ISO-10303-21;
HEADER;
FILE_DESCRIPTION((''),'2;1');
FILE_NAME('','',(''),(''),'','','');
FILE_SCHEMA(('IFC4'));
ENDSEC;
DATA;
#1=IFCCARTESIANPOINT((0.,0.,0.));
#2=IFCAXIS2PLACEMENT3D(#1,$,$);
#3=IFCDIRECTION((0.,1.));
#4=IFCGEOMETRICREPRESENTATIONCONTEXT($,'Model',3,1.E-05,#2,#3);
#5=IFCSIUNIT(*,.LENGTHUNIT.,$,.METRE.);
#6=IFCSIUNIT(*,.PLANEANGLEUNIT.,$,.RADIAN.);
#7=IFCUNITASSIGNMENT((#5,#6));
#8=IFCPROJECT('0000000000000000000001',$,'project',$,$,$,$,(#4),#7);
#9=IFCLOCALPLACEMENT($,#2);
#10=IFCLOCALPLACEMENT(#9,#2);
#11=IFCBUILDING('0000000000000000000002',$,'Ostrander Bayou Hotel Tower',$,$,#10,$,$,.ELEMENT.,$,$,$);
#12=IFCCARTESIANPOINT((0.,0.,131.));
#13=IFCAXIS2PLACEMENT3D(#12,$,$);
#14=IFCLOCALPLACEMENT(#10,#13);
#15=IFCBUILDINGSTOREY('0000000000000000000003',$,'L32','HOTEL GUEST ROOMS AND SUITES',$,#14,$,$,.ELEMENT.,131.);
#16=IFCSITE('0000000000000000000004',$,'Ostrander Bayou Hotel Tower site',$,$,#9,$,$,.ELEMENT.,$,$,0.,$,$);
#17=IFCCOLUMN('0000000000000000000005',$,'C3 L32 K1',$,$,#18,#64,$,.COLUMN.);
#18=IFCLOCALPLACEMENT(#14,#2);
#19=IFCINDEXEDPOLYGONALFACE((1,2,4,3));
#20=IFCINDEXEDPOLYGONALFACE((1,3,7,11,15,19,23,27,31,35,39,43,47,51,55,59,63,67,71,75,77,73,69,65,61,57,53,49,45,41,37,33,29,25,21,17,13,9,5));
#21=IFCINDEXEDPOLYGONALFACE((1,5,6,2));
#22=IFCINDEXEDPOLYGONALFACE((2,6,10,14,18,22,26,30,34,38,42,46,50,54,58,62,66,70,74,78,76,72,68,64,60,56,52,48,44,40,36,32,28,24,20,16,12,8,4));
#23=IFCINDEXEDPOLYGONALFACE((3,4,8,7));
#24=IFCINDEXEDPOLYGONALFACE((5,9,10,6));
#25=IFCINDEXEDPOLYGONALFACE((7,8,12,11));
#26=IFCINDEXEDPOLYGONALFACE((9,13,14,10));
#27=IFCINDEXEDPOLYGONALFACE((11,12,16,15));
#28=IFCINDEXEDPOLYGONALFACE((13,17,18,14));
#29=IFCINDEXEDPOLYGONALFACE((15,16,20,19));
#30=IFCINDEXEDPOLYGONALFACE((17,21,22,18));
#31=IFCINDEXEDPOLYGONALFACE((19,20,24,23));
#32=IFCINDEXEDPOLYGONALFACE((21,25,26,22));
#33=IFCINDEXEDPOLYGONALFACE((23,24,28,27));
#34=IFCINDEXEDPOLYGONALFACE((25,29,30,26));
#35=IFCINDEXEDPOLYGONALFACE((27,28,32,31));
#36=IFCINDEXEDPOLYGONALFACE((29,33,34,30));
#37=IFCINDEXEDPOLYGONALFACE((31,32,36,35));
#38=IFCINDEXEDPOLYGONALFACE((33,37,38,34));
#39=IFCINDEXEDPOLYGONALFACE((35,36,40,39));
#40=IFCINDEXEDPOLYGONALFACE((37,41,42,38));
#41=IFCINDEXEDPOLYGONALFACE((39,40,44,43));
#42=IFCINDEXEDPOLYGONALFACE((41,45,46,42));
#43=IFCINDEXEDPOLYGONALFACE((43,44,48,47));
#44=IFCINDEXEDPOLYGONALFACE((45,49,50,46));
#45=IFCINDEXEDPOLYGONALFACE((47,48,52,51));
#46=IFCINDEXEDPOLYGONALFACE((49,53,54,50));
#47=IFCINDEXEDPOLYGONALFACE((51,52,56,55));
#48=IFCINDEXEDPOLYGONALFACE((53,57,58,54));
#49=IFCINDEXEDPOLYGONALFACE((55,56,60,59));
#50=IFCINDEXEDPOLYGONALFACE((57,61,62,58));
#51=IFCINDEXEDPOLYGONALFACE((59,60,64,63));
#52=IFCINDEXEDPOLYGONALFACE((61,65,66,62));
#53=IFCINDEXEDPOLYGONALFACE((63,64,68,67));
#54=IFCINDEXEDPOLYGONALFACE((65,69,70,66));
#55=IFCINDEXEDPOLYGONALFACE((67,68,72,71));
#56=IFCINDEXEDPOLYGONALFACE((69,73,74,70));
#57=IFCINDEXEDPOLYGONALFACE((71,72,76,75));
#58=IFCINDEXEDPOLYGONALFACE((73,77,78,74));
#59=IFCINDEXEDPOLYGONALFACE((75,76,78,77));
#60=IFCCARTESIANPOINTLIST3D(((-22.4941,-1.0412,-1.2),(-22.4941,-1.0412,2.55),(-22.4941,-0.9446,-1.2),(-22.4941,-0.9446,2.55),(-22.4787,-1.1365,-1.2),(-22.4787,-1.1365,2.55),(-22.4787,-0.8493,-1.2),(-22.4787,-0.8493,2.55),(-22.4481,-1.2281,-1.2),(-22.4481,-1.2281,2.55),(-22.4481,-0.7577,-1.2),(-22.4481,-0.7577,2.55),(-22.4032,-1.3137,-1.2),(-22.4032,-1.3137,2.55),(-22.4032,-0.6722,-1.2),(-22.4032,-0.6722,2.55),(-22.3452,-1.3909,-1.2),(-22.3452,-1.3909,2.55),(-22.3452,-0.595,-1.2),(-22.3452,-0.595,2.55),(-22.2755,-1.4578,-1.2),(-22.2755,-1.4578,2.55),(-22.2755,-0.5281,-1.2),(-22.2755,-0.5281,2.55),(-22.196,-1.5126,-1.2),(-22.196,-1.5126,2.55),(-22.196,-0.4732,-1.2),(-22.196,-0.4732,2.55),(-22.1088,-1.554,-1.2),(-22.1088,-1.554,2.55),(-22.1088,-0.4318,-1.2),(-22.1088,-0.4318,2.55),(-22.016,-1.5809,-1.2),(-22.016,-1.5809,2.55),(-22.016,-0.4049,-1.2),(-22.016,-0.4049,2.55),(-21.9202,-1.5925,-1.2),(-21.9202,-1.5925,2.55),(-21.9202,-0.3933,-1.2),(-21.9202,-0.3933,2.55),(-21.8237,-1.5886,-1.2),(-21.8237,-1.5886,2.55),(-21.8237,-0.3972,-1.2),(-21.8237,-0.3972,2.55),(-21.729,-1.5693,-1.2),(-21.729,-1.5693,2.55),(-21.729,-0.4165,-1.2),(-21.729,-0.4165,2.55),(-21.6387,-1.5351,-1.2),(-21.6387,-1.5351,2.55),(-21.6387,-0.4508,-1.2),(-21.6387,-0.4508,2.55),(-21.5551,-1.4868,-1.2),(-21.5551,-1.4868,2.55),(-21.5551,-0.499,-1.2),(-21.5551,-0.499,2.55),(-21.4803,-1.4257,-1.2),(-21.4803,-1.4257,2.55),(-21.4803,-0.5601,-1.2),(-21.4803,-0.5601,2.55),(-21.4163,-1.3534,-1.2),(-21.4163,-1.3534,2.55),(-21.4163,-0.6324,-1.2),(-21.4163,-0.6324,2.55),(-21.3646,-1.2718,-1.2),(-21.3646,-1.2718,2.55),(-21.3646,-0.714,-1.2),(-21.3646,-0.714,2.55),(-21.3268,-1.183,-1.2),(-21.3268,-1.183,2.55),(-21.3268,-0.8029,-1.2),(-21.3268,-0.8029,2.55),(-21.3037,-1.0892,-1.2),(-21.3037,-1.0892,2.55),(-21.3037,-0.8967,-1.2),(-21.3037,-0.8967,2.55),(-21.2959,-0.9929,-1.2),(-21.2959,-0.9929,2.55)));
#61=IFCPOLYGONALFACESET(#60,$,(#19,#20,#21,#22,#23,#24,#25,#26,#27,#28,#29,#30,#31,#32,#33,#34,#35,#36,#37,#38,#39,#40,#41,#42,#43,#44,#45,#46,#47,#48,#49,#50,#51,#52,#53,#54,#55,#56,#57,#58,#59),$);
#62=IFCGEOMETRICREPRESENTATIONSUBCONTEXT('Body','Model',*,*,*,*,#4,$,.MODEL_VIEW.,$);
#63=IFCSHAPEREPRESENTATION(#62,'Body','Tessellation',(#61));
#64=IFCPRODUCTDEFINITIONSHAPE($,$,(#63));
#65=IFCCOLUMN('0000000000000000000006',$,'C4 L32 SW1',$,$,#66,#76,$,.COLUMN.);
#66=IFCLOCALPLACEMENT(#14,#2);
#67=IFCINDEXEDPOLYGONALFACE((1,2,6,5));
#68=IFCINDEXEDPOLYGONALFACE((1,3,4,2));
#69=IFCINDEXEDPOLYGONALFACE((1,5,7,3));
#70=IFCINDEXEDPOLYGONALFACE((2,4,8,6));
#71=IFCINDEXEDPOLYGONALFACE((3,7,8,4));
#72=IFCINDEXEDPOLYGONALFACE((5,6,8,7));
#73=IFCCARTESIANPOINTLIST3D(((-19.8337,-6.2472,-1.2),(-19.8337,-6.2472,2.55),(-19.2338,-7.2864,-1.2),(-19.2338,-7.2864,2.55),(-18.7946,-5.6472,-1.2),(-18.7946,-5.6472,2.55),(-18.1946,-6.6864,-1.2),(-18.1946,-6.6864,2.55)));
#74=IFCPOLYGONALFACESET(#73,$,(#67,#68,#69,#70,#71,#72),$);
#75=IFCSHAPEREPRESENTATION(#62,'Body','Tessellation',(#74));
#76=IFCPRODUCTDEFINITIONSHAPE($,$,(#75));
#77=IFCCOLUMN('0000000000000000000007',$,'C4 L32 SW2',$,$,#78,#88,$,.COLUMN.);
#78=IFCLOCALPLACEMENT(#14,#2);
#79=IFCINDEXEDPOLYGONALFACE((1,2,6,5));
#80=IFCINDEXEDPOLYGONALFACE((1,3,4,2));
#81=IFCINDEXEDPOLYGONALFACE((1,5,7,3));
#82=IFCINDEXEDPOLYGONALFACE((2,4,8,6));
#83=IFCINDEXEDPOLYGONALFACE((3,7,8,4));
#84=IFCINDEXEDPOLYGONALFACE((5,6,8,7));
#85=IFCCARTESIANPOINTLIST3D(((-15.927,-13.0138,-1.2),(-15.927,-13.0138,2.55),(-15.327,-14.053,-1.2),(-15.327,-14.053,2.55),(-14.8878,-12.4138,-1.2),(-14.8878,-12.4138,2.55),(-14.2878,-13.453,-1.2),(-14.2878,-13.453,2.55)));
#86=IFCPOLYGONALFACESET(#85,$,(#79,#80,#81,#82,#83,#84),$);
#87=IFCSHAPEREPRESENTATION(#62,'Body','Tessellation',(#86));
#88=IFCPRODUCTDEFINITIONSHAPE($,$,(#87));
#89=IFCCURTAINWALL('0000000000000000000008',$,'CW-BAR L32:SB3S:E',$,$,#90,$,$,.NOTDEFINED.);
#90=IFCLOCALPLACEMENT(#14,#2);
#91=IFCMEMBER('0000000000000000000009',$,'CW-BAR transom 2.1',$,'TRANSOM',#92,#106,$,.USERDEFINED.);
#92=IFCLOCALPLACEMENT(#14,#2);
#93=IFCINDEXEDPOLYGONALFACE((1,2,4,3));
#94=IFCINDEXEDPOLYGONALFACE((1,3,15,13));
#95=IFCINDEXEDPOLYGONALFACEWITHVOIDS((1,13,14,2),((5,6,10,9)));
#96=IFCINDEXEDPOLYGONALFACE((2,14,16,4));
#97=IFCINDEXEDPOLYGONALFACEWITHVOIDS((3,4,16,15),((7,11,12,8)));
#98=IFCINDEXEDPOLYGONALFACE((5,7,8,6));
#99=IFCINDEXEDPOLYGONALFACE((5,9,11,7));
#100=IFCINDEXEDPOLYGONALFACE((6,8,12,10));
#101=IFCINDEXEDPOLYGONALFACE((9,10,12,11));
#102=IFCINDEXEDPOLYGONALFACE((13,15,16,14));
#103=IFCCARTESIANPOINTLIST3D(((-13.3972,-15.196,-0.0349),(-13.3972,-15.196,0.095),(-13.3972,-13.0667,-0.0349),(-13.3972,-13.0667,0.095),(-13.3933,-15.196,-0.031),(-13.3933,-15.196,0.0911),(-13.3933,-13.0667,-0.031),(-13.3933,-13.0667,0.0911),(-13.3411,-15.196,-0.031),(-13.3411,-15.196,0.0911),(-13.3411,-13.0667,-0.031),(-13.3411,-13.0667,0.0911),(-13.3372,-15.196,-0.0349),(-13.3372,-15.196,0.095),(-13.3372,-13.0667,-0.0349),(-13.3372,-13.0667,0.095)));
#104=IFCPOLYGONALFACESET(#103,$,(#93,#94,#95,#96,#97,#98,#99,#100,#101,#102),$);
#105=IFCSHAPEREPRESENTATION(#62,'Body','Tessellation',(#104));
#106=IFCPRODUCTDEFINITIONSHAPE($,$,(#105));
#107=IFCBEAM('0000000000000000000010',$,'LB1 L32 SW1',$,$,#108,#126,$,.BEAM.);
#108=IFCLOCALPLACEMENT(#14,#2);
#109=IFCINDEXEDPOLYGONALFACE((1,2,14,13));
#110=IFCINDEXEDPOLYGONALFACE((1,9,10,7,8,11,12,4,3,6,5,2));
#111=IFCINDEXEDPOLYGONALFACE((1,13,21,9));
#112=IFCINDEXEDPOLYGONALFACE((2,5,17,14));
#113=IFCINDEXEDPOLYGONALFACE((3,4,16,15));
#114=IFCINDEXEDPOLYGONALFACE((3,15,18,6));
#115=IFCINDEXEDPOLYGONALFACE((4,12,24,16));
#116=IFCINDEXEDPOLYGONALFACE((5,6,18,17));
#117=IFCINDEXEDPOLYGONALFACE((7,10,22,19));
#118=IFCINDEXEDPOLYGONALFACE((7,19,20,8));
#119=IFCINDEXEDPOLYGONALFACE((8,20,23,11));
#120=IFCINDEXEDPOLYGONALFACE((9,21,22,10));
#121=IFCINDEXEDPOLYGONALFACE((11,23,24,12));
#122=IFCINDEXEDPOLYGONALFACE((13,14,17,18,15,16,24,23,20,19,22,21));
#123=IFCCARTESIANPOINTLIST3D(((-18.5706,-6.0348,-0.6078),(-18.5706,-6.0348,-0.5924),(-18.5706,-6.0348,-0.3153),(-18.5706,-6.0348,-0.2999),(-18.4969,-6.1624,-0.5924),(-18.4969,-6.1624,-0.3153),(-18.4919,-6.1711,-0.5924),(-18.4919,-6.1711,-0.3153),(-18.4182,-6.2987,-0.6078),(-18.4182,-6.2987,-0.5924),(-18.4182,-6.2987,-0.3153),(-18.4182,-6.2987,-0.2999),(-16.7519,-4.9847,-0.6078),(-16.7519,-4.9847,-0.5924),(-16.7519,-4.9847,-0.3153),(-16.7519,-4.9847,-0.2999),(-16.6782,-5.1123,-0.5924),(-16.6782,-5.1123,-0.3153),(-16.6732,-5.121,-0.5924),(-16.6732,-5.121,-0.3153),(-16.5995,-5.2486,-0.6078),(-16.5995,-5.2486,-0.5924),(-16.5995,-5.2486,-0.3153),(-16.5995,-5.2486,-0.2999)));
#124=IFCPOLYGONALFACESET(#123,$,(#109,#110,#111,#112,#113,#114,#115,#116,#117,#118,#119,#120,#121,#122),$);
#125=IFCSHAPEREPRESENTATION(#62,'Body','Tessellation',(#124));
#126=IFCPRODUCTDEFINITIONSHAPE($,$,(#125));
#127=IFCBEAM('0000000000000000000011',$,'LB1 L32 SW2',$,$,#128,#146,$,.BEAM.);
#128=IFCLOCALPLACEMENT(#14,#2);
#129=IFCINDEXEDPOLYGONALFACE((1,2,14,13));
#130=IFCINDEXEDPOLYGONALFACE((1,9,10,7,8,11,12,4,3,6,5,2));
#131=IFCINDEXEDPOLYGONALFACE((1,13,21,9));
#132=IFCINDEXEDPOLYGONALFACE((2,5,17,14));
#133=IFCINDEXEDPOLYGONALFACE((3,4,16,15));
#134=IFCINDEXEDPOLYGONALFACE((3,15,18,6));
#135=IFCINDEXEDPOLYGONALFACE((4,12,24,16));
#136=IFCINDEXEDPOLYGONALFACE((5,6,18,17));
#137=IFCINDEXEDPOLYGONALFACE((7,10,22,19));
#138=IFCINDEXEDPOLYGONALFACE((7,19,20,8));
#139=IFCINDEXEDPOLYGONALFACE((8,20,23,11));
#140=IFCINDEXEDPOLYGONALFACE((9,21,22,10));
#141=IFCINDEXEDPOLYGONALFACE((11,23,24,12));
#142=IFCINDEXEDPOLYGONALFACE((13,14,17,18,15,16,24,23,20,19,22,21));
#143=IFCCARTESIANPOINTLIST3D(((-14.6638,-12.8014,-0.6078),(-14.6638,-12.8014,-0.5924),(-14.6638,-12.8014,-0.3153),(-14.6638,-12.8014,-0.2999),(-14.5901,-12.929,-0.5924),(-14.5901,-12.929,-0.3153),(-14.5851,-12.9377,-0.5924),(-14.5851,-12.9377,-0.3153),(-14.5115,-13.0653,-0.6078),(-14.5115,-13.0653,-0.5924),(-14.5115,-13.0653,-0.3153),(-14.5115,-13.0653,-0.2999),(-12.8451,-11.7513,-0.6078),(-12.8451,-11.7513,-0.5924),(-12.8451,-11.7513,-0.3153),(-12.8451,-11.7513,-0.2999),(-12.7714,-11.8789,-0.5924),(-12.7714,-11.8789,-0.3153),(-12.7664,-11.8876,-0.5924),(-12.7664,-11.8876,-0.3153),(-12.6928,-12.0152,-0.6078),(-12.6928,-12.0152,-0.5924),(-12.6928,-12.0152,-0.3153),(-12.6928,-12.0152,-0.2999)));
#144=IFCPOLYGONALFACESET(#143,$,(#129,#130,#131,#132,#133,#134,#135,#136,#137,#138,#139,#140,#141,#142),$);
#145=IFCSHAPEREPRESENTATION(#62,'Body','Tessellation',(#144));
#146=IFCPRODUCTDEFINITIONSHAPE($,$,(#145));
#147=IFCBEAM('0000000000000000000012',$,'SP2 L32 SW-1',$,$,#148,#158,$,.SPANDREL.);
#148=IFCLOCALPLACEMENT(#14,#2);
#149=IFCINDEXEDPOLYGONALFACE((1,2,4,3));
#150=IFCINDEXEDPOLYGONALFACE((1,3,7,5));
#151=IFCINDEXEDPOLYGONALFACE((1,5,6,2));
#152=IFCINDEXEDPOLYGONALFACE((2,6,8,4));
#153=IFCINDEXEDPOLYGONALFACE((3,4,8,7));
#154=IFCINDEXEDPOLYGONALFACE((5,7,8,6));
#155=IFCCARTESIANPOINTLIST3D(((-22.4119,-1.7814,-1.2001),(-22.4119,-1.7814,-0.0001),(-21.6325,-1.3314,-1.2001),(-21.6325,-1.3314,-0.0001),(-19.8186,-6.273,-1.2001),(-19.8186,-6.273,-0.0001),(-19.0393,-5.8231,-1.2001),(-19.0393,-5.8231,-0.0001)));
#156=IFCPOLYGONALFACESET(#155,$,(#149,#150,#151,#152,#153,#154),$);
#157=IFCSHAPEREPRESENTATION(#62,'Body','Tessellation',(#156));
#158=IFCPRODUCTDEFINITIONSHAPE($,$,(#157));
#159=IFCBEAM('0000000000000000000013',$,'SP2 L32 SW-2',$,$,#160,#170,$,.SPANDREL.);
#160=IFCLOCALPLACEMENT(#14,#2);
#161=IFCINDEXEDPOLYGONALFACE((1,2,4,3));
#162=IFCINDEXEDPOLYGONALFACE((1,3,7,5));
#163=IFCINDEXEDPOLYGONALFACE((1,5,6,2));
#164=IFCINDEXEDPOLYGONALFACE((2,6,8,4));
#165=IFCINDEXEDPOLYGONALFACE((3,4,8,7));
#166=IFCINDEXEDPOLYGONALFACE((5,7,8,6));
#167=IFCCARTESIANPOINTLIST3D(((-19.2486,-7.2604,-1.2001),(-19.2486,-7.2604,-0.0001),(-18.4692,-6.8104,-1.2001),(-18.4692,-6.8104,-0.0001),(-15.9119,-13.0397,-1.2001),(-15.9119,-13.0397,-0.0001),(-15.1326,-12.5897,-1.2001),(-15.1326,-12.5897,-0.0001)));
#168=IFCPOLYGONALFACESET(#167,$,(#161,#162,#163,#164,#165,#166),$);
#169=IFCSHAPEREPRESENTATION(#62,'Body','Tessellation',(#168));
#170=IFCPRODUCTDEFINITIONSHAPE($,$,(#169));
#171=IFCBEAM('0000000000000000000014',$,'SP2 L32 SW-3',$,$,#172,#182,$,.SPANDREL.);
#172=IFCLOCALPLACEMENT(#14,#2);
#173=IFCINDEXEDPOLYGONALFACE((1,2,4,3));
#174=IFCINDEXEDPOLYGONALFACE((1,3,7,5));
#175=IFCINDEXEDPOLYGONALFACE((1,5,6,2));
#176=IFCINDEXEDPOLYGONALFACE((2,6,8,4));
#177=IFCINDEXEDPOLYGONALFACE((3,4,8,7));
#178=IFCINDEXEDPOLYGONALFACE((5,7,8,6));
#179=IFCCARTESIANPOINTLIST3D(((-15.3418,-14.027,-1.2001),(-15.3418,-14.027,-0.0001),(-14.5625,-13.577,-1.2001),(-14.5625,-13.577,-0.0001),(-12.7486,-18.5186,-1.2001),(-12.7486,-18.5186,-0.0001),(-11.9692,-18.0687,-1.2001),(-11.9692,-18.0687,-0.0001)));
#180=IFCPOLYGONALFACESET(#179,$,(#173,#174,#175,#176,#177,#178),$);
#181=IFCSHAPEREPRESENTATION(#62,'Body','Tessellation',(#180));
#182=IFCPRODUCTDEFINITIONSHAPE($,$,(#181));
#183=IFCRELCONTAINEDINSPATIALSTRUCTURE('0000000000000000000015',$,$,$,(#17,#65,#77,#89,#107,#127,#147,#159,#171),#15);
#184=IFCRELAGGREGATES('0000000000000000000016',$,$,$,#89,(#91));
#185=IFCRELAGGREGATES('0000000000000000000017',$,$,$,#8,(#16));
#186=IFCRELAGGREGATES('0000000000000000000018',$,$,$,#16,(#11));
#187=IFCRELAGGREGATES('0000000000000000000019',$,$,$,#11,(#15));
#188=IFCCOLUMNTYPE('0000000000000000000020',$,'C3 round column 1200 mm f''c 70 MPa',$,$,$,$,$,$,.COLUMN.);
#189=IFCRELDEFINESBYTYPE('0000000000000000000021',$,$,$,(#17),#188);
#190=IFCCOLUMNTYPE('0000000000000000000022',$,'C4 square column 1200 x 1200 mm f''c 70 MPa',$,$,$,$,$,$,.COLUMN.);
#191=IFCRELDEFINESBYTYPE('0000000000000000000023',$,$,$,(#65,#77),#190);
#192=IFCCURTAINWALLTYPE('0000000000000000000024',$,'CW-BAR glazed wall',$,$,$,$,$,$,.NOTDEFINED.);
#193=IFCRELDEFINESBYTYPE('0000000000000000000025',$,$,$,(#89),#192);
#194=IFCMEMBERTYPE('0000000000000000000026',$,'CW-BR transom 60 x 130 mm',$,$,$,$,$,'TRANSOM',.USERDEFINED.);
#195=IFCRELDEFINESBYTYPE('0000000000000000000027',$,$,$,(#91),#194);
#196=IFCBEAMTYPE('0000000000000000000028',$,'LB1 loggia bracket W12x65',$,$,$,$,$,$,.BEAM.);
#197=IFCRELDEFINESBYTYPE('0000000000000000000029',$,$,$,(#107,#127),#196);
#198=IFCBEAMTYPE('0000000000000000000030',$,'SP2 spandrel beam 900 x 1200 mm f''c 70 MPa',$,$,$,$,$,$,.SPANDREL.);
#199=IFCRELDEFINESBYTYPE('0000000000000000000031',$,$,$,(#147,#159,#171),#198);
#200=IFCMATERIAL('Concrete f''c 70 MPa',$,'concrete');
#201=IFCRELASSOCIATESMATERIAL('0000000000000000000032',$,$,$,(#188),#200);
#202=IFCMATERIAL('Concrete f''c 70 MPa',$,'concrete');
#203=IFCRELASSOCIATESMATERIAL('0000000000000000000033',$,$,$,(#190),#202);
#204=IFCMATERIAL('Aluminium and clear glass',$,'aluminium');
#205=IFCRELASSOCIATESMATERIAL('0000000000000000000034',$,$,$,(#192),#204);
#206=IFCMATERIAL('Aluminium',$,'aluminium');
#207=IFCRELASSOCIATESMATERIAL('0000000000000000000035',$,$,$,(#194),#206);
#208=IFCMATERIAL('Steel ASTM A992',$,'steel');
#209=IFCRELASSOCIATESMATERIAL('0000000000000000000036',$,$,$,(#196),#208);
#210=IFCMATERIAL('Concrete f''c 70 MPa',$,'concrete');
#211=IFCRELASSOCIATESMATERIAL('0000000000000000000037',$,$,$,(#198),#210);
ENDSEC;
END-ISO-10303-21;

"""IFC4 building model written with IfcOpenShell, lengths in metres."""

from ifc_helpers import new_model, si_unit, direction, frame, origin, origin_2d, place, context, subcontext, project, spatial, rectangle, hollow_rectangle, circle, i_section, extrude, material, material_profile, profile_set, type_object, element, aggregate, save


model = new_model("IFC4")

# Units and contexts
model_context = context("Model", 3, precision=1e-05, world=origin(), true_north=direction((0.0, 1.0)))
body_context = subcontext(model_context, "Body", "Model", "MODEL_VIEW")
ifc_project = project(units=[si_unit("LENGTHUNIT", "METRE"), si_unit("PLANEANGLEUNIT", "RADIAN")], contexts=[model_context])

# Site, building, storey
site_placement = place(None, origin())
site = spatial("IfcSite", under=ifc_project, at=site_placement, Name="Ostrander Bayou Hotel Tower site", CompositionType="ELEMENT", RefElevation=0.0)
building_placement = place(site_placement, origin())
building = spatial("IfcBuilding", under=site, at=building_placement, Name="Ostrander Bayou Hotel Tower", CompositionType="ELEMENT")
storey_placement = place(building_placement, frame((0.0, 0.0, 131.0)))
storey = spatial("IfcBuildingStorey", under=building, at=storey_placement, Name="L32", Description="HOTEL GUEST ROOMS AND SUITES", CompositionType="ELEMENT", Elevation=131.0)

# Columns
ifc_material_1 = material(Name="Concrete f'c 70 MPa", Category="concrete")
ifc_material_profile_1 = material_profile(ifc_material_1, circle(Radius=0.6001, at=origin_2d()))
ifc_profile_set_1 = profile_set([ifc_material_profile_1], Name="Concrete f'c 70 MPa")
column_type_1 = type_object("IfcColumnType", Name="C3 round column 1200 mm f'c 70 MPa", PredefinedType="COLUMN", material=ifc_profile_set_1)
column_placement = place(storey_placement, frame((-21.896, -0.9929, -1.2), z_axis=(0.0, 0.0, 1.0), x_axis=(1.0, 0.0, 0.0)))
element("IfcColumn", 1, at=column_placement, inside=storey, type_object=column_type_1, Name="C3 L32 K1", PredefinedType="COLUMN", context=body_context, shape_type="SweptSolid", body=[
    extrude(circle(Radius=0.6001, at=origin_2d()), origin(), (0.0, 0.0, 1.0), 3.75),
])
ifc_material_2 = material(Name="Concrete f'c 70 MPa", Category="concrete")
ifc_material_profile_2 = material_profile(ifc_material_2, rectangle(XDim=1.2, YDim=1.2, at=origin_2d()))
ifc_profile_set_2 = profile_set([ifc_material_profile_2], Name="Concrete f'c 70 MPa")
column_type_2 = type_object("IfcColumnType", Name="C4 square column 1200 x 1200 mm f'c 70 MPa", PredefinedType="COLUMN", material=ifc_profile_set_2)
for number, where, z_axis, x_axis, name in (
    (2, (-19.0142, -6.4668, -1.2), (0.0, 0.0, 1.0), (-0.5, 0.866025, 0.0), "C4 L32 SW1"),
    (3, (-15.1074, -13.2334, -1.2), (0.0, 0.0, 1.0), (-0.5, 0.866025, 0.0), "C4 L32 SW2"),
):
    element("IfcColumn", number, at=place(storey_placement, frame(where, z_axis=z_axis, x_axis=x_axis)), inside=storey, type_object=column_type_2, Name=name, PredefinedType="COLUMN", context=body_context, shape_type="SweptSolid", body=[
        extrude(rectangle(XDim=1.2, YDim=1.2, at=origin_2d()), origin(), (0.0, 0.0, 1.0), 3.75),
    ])

# Curtain wall, member
ifc_material_3 = material(Name="Aluminium and clear glass", Category="aluminium")
curtain_wall_type = type_object("IfcCurtainWallType", Name="CW-BAR glazed wall", PredefinedType="NOTDEFINED", material=ifc_material_3)
curtain_wall_placement = place(storey_placement, origin())
curtain_wall = element("IfcCurtainWall", 4, at=curtain_wall_placement, inside=storey, type_object=curtain_wall_type, Name="CW-BAR L32:SB3S:E", PredefinedType="NOTDEFINED")
ifc_material_4 = material(Name="Aluminium", Category="aluminium")
ifc_material_profile_3 = material_profile(ifc_material_4, hollow_rectangle(XDim=0.0601, YDim=0.1299, WallThickness=0.0039, at=origin_2d()))
ifc_profile_set_3 = profile_set([ifc_material_profile_3], Name="Aluminium")
member_type = type_object("IfcMemberType", Name="CW-BR transom 60 x 130 mm", ElementType="TRANSOM", PredefinedType="USERDEFINED", material=ifc_profile_set_3)
member_placement = place(storey_placement, frame((-13.3672, -13.0667, 0.03), z_axis=(0.0, -1.0, 0.0), x_axis=(1.0, 0.0, 0.0)))
member = element("IfcMember", 5, at=member_placement, type_object=member_type, Name="CW-BAR transom 2.1", ObjectType="TRANSOM", PredefinedType="USERDEFINED", context=body_context, shape_type="SweptSolid", body=[
    extrude(hollow_rectangle(XDim=0.0601, YDim=0.1299, WallThickness=0.0039, at=origin_2d()), origin(), (0.0, 0.0, 1.0), 2.1294),
])

# Beams
ifc_material_5 = material(Name="Steel ASTM A992", Category="steel")
ifc_material_profile_4 = material_profile(ifc_material_5, i_section(OverallWidth=0.3047, OverallDepth=0.3079, WebThickness=0.01, FlangeThickness=0.0154, at=origin_2d()))
ifc_profile_set_4 = profile_set([ifc_material_profile_4], Name="Steel ASTM A992")
beam_type_1 = type_object("IfcBeamType", Name="LB1 loggia bracket W12x65", PredefinedType="BEAM", material=ifc_profile_set_4)
for number, where, z_axis, x_axis, name in (
    (6, (-18.4944, -6.1667, -0.4539), (0.866009, 0.500028, 0.0), (-0.500028, 0.866009, 0.0), "LB1 L32 SW1"),
    (7, (-14.5876, -12.9333, -0.4539), (0.866009, 0.500028, 0.0), (-0.500028, 0.866009, 0.0), "LB1 L32 SW2"),
):
    element("IfcBeam", number, at=place(storey_placement, frame(where, z_axis=z_axis, x_axis=x_axis)), inside=storey, type_object=beam_type_1, Name=name, PredefinedType="BEAM", context=body_context, shape_type="SweptSolid", body=[
        extrude(i_section(OverallWidth=0.3047, OverallDepth=0.3079, WebThickness=0.01, FlangeThickness=0.0154, at=origin_2d()), origin(), (0.0, 0.0, 1.0), 2.1001),
    ])
ifc_material_6 = material(Name="Concrete f'c 70 MPa", Category="concrete")
ifc_material_profile_5 = material_profile(ifc_material_6, rectangle(XDim=0.8999, YDim=1.2, at=origin_2d()))
ifc_profile_set_5 = profile_set([ifc_material_profile_5], Name="Concrete f'c 70 MPa")
beam_type_2 = type_object("IfcBeamType", Name="SP2 spandrel beam 900 x 1200 mm f'c 70 MPa", PredefinedType="SPANDREL", material=ifc_profile_set_5)
beam_1_placement = place(storey_placement, frame((-22.0222, -1.5564, -0.6001), z_axis=(0.499997, -0.866027, 0.0), x_axis=(0.866027, 0.499997, 0.0)))
element("IfcBeam", 8, at=beam_1_placement, inside=storey, type_object=beam_type_2, Name="SP2 L32 SW-1", PredefinedType="SPANDREL", context=body_context, shape_type="SweptSolid", body=[
    extrude(rectangle(XDim=0.8999, YDim=1.2, at=origin_2d()), origin(), (0.0, 0.0, 1.0), 5.1865),
])
beam_2_placement = place(storey_placement, frame((-18.8589, -7.0354, -0.6001), z_axis=(0.499999, -0.866026, 0.0), x_axis=(0.866026, 0.499999, 0.0)))
element("IfcBeam", 9, at=beam_2_placement, inside=storey, type_object=beam_type_2, Name="SP2 L32 SW-2", PredefinedType="SPANDREL", context=body_context, shape_type="SweptSolid", body=[
    extrude(rectangle(XDim=0.8999, YDim=1.2, at=origin_2d()), origin(), (0.0, 0.0, 1.0), 6.6733),
])
beam_3_placement = place(storey_placement, frame((-14.9521, -13.802, -0.6001), z_axis=(0.499997, -0.866027, 0.0), x_axis=(0.866027, 0.499997, 0.0)))
element("IfcBeam", 10, at=beam_3_placement, inside=storey, type_object=beam_type_2, Name="SP2 L32 SW-3", PredefinedType="SPANDREL", context=body_context, shape_type="SweptSolid", body=[
    extrude(rectangle(XDim=0.8999, YDim=1.2, at=origin_2d()), origin(), (0.0, 0.0, 1.0), 5.1865),
])

aggregate(curtain_wall, [member])

save(model, "model.ifc")
